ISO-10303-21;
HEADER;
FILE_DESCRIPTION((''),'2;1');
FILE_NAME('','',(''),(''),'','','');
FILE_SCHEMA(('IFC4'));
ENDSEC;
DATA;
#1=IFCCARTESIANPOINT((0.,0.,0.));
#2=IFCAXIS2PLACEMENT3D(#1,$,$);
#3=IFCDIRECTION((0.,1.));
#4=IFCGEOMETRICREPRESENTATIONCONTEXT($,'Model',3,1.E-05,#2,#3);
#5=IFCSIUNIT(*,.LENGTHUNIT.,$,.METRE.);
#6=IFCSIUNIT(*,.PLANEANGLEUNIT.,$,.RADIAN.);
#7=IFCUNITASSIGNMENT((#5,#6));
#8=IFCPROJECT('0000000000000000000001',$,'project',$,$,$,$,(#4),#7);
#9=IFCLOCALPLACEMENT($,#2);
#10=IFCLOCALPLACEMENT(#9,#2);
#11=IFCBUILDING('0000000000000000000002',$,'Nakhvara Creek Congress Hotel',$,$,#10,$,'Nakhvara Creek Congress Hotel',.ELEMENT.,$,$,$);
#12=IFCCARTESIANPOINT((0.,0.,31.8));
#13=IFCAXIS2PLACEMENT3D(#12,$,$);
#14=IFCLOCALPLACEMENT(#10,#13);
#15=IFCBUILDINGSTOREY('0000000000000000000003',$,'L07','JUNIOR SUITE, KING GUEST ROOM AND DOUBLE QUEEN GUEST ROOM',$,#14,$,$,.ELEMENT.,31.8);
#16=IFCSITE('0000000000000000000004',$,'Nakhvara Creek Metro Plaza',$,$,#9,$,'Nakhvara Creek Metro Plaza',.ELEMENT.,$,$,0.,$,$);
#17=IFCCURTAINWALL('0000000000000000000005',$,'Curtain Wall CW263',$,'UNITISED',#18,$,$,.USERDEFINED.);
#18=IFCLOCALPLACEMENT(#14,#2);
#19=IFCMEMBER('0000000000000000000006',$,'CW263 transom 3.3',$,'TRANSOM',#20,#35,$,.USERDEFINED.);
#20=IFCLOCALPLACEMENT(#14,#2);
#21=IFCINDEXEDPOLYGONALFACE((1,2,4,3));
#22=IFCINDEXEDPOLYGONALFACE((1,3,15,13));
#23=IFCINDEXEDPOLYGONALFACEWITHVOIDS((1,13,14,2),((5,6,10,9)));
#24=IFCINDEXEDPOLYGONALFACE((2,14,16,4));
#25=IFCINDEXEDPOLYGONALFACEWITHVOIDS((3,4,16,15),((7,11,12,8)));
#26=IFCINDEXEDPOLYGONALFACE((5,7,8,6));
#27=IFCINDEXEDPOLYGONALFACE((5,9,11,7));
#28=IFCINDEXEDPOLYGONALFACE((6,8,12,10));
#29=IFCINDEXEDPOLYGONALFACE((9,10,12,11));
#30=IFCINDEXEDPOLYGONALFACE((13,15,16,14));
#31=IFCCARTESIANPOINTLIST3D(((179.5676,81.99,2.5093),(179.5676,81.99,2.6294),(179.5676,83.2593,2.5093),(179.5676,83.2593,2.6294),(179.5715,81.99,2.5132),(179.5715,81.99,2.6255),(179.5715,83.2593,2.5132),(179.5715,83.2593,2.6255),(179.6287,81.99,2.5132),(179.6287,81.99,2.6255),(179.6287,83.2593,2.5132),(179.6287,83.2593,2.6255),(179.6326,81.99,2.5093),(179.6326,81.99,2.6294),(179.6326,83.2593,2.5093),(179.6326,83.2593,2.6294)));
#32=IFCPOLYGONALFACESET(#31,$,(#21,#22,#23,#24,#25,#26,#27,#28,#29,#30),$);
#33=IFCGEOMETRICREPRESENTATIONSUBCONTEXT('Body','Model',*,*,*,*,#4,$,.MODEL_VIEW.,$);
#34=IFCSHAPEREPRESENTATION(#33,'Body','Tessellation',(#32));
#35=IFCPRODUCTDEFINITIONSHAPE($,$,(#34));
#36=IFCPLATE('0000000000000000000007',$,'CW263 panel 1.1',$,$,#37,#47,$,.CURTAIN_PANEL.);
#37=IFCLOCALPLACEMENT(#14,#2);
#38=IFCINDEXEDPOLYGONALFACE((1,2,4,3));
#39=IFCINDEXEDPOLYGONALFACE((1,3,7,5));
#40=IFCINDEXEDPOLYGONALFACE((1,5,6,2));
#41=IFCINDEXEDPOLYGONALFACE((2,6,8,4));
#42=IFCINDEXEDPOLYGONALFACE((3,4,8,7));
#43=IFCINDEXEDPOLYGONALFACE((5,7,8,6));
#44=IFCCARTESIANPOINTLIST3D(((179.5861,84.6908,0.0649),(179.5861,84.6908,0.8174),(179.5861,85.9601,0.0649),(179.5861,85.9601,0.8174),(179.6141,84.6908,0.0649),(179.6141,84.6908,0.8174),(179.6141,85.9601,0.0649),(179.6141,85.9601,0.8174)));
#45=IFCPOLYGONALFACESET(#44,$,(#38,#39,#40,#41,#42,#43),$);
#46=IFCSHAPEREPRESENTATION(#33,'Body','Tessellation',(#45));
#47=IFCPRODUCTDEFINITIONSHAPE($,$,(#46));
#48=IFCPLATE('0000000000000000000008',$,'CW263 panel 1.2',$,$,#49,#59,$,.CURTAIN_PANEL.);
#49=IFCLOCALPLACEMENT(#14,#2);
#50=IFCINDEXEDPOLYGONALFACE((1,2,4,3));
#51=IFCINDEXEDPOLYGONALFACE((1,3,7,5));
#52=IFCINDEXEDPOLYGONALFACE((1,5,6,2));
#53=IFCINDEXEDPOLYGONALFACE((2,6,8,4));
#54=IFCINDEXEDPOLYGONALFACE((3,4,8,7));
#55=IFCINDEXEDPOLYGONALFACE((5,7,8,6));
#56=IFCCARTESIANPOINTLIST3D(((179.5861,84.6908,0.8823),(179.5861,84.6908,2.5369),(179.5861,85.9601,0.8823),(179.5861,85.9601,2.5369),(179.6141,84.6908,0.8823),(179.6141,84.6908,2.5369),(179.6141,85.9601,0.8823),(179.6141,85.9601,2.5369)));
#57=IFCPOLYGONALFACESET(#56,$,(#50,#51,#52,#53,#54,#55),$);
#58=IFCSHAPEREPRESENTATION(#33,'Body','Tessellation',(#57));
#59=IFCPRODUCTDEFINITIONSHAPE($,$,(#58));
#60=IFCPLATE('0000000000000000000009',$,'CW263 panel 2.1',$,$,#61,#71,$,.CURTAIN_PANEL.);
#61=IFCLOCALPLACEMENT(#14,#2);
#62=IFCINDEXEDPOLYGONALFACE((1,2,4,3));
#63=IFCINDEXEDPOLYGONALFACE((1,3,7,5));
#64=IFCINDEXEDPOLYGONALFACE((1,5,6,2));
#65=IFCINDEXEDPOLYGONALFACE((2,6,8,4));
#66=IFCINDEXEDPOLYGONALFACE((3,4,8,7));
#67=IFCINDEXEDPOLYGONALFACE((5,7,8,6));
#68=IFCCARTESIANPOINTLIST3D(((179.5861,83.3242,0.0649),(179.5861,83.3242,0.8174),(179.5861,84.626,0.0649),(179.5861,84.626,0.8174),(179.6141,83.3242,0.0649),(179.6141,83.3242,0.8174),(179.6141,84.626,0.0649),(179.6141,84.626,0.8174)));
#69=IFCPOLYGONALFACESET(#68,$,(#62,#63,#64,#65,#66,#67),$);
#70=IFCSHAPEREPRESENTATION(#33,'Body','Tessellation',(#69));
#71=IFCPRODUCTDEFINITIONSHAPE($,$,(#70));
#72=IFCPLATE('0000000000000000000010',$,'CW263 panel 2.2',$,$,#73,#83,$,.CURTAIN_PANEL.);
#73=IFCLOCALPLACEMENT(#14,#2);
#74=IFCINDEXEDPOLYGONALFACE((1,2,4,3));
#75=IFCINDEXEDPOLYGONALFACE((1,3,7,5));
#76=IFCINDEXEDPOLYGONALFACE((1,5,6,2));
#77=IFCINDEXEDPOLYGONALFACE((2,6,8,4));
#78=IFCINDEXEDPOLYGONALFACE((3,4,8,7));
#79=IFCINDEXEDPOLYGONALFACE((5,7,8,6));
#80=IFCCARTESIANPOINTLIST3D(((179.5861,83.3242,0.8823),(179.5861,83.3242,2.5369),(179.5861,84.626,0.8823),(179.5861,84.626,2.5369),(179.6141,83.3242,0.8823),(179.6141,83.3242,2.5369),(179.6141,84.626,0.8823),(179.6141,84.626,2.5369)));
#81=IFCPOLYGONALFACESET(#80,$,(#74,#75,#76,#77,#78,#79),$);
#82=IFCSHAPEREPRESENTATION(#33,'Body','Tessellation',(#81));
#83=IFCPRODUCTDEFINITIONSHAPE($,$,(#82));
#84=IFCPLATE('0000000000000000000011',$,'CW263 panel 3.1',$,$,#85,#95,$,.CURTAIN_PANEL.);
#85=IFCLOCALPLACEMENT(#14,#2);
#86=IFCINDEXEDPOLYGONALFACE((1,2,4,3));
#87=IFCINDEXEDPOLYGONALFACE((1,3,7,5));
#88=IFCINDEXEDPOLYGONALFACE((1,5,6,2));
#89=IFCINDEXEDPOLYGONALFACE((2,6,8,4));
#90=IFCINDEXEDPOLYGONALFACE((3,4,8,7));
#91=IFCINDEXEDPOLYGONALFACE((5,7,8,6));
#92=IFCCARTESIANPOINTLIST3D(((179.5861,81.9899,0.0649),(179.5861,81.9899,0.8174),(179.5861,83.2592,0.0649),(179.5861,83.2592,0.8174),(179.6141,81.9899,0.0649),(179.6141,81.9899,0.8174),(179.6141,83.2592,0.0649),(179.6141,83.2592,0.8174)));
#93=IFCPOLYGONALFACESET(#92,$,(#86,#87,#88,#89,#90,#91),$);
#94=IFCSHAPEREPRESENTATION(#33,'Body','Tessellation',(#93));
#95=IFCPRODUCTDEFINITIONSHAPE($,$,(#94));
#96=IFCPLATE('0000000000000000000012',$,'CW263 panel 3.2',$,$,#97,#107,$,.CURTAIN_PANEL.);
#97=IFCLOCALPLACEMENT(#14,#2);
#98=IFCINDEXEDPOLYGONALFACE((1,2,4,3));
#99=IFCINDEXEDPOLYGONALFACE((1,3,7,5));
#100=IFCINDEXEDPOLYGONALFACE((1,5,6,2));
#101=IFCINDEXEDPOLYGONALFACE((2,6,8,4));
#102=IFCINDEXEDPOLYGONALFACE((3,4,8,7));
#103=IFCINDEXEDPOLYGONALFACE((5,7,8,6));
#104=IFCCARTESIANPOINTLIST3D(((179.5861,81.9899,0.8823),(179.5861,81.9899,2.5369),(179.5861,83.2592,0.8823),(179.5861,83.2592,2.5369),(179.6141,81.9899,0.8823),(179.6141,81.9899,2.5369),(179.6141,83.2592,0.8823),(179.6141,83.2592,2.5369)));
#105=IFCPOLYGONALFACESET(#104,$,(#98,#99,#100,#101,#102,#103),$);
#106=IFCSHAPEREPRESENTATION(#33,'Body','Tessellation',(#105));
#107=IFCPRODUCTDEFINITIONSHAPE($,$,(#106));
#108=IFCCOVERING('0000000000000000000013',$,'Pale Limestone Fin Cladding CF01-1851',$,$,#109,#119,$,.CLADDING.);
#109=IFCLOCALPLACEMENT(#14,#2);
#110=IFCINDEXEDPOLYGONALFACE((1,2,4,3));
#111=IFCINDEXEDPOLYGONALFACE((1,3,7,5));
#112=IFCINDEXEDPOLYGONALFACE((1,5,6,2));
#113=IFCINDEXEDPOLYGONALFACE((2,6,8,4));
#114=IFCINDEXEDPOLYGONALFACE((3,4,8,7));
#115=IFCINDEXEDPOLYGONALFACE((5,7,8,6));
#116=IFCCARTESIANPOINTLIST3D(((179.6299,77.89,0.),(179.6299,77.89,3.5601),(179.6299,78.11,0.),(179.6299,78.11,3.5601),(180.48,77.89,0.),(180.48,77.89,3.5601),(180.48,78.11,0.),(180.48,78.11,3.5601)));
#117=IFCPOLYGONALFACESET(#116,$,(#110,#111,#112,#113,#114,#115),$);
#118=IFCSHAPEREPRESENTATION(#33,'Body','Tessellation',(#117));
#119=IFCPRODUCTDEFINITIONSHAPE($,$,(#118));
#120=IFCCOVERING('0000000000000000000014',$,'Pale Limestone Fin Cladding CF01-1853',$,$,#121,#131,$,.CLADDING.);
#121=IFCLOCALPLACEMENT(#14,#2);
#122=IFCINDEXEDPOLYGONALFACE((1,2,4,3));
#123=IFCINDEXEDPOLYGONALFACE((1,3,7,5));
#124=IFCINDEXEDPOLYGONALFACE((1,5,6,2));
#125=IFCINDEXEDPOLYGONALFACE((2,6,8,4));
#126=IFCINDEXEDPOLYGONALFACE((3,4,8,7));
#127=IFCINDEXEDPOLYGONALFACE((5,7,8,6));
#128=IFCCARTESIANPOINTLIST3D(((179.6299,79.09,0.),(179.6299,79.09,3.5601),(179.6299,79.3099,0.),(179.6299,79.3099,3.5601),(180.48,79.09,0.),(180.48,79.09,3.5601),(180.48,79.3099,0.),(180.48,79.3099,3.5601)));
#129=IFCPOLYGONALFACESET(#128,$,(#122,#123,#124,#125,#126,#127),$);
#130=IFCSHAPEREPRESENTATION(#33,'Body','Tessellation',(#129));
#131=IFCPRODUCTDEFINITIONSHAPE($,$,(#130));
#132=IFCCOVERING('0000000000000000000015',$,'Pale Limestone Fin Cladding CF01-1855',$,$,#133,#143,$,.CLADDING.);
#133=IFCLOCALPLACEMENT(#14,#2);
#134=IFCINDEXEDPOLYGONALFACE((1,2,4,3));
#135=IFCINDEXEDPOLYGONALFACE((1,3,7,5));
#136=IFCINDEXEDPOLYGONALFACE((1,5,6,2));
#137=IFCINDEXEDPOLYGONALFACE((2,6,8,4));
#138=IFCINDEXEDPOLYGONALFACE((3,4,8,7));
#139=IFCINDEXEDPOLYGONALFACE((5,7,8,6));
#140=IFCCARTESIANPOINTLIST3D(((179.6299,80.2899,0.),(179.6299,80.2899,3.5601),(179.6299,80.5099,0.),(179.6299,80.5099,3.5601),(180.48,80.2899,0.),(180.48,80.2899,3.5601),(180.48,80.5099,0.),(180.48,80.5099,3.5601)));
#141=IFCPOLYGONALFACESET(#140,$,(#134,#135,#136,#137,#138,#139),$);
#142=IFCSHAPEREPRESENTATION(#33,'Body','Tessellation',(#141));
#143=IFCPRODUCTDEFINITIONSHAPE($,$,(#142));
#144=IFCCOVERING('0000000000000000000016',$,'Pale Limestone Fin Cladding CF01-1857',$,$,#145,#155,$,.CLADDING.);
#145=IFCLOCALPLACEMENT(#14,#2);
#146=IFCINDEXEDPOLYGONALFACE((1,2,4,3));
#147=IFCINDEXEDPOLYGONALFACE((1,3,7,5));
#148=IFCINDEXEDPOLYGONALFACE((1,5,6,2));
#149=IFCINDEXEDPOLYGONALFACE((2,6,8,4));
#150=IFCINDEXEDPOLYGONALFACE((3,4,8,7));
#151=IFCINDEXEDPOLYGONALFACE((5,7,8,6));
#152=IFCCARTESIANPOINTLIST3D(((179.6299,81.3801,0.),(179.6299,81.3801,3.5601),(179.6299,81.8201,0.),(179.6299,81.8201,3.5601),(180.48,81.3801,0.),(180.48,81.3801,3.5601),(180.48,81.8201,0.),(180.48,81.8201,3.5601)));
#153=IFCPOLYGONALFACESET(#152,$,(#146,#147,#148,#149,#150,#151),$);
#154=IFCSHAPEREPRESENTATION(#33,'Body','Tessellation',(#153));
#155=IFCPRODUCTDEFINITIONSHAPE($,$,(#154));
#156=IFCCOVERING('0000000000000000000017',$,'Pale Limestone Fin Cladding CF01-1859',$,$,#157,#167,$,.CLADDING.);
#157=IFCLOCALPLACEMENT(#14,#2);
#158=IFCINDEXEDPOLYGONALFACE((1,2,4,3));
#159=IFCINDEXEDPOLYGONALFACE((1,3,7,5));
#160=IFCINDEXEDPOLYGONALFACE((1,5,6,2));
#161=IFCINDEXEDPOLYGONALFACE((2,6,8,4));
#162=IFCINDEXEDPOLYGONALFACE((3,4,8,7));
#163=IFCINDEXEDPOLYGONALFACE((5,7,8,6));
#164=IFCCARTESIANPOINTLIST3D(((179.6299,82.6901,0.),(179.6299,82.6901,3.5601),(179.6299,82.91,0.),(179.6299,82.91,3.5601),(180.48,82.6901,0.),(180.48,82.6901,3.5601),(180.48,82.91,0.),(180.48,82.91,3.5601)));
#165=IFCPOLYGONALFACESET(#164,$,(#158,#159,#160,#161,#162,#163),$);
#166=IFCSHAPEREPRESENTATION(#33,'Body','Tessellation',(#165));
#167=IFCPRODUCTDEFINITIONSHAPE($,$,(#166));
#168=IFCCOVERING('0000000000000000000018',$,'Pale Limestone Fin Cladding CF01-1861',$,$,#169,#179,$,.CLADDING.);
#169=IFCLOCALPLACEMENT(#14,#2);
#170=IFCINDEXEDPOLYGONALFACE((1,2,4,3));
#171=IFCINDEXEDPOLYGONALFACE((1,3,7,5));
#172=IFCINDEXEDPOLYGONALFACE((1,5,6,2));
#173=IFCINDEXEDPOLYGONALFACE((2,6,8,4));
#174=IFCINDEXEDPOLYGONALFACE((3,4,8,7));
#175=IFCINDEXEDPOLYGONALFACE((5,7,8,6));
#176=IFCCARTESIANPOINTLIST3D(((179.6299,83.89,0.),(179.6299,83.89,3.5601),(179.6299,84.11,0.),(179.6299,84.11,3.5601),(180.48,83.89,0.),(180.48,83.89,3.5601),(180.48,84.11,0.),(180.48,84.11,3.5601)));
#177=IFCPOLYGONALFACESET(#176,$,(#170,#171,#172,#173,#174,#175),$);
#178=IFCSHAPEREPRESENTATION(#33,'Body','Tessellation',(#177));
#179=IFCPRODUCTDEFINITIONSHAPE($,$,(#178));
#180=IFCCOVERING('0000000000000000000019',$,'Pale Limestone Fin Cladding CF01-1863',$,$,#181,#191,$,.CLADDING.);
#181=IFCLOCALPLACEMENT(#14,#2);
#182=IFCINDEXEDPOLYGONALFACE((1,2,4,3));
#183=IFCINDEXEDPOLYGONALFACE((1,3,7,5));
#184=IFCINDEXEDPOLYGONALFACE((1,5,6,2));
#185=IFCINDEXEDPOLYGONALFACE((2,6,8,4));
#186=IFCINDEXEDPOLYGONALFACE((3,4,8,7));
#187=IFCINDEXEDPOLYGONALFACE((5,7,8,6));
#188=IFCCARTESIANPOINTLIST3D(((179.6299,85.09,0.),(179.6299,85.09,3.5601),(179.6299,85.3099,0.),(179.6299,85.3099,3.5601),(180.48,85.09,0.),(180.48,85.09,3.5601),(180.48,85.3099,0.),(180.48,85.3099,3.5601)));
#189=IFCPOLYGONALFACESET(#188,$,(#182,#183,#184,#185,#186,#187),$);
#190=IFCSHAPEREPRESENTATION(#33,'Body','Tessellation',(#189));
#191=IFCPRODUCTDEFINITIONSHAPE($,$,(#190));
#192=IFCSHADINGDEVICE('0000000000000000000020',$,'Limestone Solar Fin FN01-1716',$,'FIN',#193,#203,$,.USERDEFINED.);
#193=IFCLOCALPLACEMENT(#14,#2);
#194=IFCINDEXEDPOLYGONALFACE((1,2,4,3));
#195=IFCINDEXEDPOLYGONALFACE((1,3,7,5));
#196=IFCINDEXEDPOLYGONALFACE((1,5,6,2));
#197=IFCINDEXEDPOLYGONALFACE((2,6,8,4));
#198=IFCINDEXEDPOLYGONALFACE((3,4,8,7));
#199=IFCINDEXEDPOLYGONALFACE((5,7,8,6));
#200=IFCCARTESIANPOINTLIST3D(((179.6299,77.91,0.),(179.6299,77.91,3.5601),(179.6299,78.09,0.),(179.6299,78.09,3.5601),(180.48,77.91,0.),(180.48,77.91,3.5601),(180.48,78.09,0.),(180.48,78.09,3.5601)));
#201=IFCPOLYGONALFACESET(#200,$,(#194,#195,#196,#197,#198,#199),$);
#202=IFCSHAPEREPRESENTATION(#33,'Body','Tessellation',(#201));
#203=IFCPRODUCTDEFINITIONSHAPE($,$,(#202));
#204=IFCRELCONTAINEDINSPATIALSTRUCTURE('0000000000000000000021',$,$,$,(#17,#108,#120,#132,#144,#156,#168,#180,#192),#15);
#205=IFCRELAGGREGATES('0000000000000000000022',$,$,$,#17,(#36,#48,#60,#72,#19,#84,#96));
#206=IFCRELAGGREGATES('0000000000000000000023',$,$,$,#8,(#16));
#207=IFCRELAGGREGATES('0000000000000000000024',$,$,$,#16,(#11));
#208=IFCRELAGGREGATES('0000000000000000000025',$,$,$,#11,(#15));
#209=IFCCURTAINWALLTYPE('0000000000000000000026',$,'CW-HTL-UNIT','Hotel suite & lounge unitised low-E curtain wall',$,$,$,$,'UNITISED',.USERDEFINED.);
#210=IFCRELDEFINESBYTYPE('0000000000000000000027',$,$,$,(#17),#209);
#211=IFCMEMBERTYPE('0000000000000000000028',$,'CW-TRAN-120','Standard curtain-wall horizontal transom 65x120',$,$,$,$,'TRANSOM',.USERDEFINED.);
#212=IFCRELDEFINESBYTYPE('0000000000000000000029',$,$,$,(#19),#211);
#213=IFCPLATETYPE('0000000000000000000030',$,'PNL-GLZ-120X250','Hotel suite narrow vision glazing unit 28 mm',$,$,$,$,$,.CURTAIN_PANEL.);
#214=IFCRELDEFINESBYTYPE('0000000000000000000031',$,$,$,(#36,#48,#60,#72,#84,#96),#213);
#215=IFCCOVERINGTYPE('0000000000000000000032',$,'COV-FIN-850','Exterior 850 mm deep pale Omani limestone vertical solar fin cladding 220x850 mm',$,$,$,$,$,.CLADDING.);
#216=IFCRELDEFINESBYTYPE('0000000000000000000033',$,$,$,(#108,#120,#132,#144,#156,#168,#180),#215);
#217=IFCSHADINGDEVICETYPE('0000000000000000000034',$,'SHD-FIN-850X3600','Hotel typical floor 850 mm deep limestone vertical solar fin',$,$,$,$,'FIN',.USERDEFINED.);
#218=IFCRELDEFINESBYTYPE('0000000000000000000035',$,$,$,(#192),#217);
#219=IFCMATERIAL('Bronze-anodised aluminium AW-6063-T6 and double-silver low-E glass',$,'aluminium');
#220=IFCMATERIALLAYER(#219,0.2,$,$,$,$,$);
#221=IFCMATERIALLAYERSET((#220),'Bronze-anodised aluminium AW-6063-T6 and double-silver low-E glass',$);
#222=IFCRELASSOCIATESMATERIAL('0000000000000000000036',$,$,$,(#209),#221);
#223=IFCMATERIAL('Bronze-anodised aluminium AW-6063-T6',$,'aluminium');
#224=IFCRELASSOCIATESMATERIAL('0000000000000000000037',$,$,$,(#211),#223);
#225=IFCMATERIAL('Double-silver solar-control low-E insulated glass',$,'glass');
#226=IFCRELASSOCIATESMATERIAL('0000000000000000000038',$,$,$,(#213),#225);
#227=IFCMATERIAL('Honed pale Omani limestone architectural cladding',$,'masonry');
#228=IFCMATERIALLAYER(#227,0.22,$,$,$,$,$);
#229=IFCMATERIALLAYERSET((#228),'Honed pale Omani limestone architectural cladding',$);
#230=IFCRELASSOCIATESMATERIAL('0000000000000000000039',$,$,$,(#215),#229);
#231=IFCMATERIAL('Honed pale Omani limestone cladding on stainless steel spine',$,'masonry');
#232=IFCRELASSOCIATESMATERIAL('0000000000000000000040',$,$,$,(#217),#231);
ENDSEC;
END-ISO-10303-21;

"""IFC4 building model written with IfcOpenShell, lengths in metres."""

from ifc_helpers import new_model, si_unit, direction, frame, origin, origin_2d, place, context, subcontext, project, spatial, rectangle, hollow_rectangle, extrude, material, layer, layer_set, material_profile, profile_set, type_object, element, aggregate, save


model = new_model("IFC4")

# Units and contexts
model_context = context("Model", 3, precision=1e-05, world=origin(), true_north=direction((0.0, 1.0)))
body_context = subcontext(model_context, "Body", "Model", "MODEL_VIEW")
ifc_project = project(units=[si_unit("LENGTHUNIT", "METRE"), si_unit("PLANEANGLEUNIT", "RADIAN")], contexts=[model_context])

# Site, building, storey
site_placement = place(None, origin())
site = spatial("IfcSite", under=ifc_project, at=site_placement, Name="Nakhvara Creek Metro Plaza", LongName="Nakhvara Creek Metro Plaza", CompositionType="ELEMENT", RefElevation=0.0)
building_placement = place(site_placement, origin())
building = spatial("IfcBuilding", under=site, at=building_placement, Name="Nakhvara Creek Congress Hotel", LongName="Nakhvara Creek Congress Hotel", CompositionType="ELEMENT")
storey_placement = place(building_placement, frame((0.0, 0.0, 31.8)))
storey = spatial("IfcBuildingStorey", under=building, at=storey_placement, Name="L07", Description="JUNIOR SUITE, KING GUEST ROOM AND DOUBLE QUEEN GUEST ROOM", CompositionType="ELEMENT", Elevation=31.8)

# Curtain wall, member, plates
ifc_material_1 = material(Name="Bronze-anodised aluminium AW-6063-T6 and double-silver low-E glass", Category="aluminium")
ifc_layer_1 = layer(ifc_material_1, 0.2)
ifc_layer_set_1 = layer_set([ifc_layer_1], Name="Bronze-anodised aluminium AW-6063-T6 and double-silver low-E glass")
curtain_wall_type = type_object("IfcCurtainWallType", Name="CW-HTL-UNIT", Description="Hotel suite & lounge unitised low-E curtain wall", ElementType="UNITISED", PredefinedType="USERDEFINED", material=ifc_layer_set_1)
curtain_wall_placement = place(storey_placement, origin())
curtain_wall = element("IfcCurtainWall", 1, at=curtain_wall_placement, inside=storey, type_object=curtain_wall_type, Name="Curtain Wall CW263", ObjectType="UNITISED", PredefinedType="USERDEFINED")
ifc_material_2 = material(Name="Bronze-anodised aluminium AW-6063-T6", Category="aluminium")
ifc_material_profile_1 = material_profile(ifc_material_2, hollow_rectangle(XDim=0.0649, YDim=0.1201, WallThickness=0.0039, at=origin_2d()), Name="ALU-TRAN 65x120x4", Category="LoadBearing")
ifc_profile_set_1 = profile_set([ifc_material_profile_1], Name="Bronze-anodised aluminium AW-6063-T6")
member_type_1 = type_object("IfcMemberType", Name="CW-TRAN-120", Description="Standard curtain-wall horizontal transom 65x120", ElementType="TRANSOM", PredefinedType="USERDEFINED", material=ifc_profile_set_1)
member_1_placement = place(storey_placement, frame((179.6001, 83.2593, 2.5693), z_axis=(0.0, -1.0, 0.0), x_axis=(1.0, 0.0, 0.0)))
member_1 = element("IfcMember", 2, at=member_1_placement, type_object=member_type_1, Name="CW263 transom 3.3", ObjectType="TRANSOM", PredefinedType="USERDEFINED", context=body_context, shape_type="SweptSolid", body=[
    extrude(hollow_rectangle(XDim=0.0649, YDim=0.1201, WallThickness=0.0039, at=origin_2d()), origin(), (0.0, 0.0, 1.0), 1.2693),
])
ifc_material_3 = material(Name="Double-silver solar-control low-E insulated glass", Category="glass")
plate_type = type_object("IfcPlateType", Name="PNL-GLZ-120X250", Description="Hotel suite narrow vision glazing unit 28 mm", PredefinedType="CURTAIN_PANEL", material=ifc_material_3)
plate_1_placement = place(storey_placement, frame((179.6001, 85.3254, 0.0649), z_axis=(0.0, 0.0, 1.0), x_axis=(0.0, -1.0, 0.0)))
plate_1 = element("IfcPlate", 3, at=plate_1_placement, type_object=plate_type, Name="CW263 panel 1.1", PredefinedType="CURTAIN_PANEL", context=body_context, shape_type="SweptSolid", body=[
    extrude(rectangle(XDim=1.2693, YDim=0.0281, at=origin_2d()), origin(), (0.0, 0.0, 1.0), 0.7524),
])
plate_2_placement = place(storey_placement, frame((179.6001, 85.3254, 0.8823), z_axis=(0.0, 0.0, 1.0), x_axis=(0.0, -1.0, 0.0)))
plate_2 = element("IfcPlate", 4, at=plate_2_placement, type_object=plate_type, Name="CW263 panel 1.2", PredefinedType="CURTAIN_PANEL", context=body_context, shape_type="SweptSolid", body=[
    extrude(rectangle(XDim=1.2693, YDim=0.0281, at=origin_2d()), origin(), (0.0, 0.0, 1.0), 1.6545),
])
plate_3_placement = place(storey_placement, frame((179.6001, 83.9751, 0.0649), z_axis=(0.0, 0.0, 1.0), x_axis=(0.0, -1.0, 0.0)))
plate_3 = element("IfcPlate", 5, at=plate_3_placement, type_object=plate_type, Name="CW263 panel 2.1", PredefinedType="CURTAIN_PANEL", context=body_context, shape_type="SweptSolid", body=[
    extrude(rectangle(XDim=1.3018, YDim=0.0281, at=origin_2d()), origin(), (0.0, 0.0, 1.0), 0.7524),
])
plate_4_placement = place(storey_placement, frame((179.6001, 83.9751, 0.8823), z_axis=(0.0, 0.0, 1.0), x_axis=(0.0, -1.0, 0.0)))
plate_4 = element("IfcPlate", 6, at=plate_4_placement, type_object=plate_type, Name="CW263 panel 2.2", PredefinedType="CURTAIN_PANEL", context=body_context, shape_type="SweptSolid", body=[
    extrude(rectangle(XDim=1.3018, YDim=0.0281, at=origin_2d()), origin(), (0.0, 0.0, 1.0), 1.6545),
])
plate_5_placement = place(storey_placement, frame((179.6001, 82.6245, 0.0649), z_axis=(0.0, 0.0, 1.0), x_axis=(0.0, -1.0, 0.0)))
plate_5 = element("IfcPlate", 7, at=plate_5_placement, type_object=plate_type, Name="CW263 panel 3.1", PredefinedType="CURTAIN_PANEL", context=body_context, shape_type="SweptSolid", body=[
    extrude(rectangle(XDim=1.2693, YDim=0.0281, at=origin_2d()), origin(), (0.0, 0.0, 1.0), 0.7524),
])
plate_6_placement = place(storey_placement, frame((179.6001, 82.6245, 0.8823), z_axis=(0.0, 0.0, 1.0), x_axis=(0.0, -1.0, 0.0)))
plate_6 = element("IfcPlate", 8, at=plate_6_placement, type_object=plate_type, Name="CW263 panel 3.2", PredefinedType="CURTAIN_PANEL", context=body_context, shape_type="SweptSolid", body=[
    extrude(rectangle(XDim=1.2693, YDim=0.0281, at=origin_2d()), origin(), (0.0, 0.0, 1.0), 1.6545),
])
aggregate(curtain_wall, [plate_1, plate_2, plate_3, plate_4, member_1, plate_5, plate_6])

# Coverings
ifc_material_4 = material(Name="Honed pale Omani limestone architectural cladding", Category="masonry")
ifc_layer_2 = layer(ifc_material_4, 0.22)
ifc_layer_set_2 = layer_set([ifc_layer_2], Name="Honed pale Omani limestone architectural cladding")
covering_type = type_object("IfcCoveringType", Name="COV-FIN-850", Description="Exterior 850 mm deep pale Omani limestone vertical solar fin cladding 220x850 mm", PredefinedType="CLADDING", material=ifc_layer_set_2)
for number, where, z_axis, x_axis, name in (
    (9, (180.0549, 78.0, 0.0), (0.0, 0.0, 1.0), (0.0, 1.0, 0.0), "Pale Limestone Fin Cladding CF01-1851"),
    (10, (180.0549, 79.2, 0.0), (0.0, 0.0, 1.0), (0.0, 1.0, 0.0), "Pale Limestone Fin Cladding CF01-1853"),
    (11, (180.0549, 80.3999, 0.0), (0.0, 0.0, 1.0), (0.0, 1.0, 0.0), "Pale Limestone Fin Cladding CF01-1855"),
):
    element("IfcCovering", number, at=place(storey_placement, frame(where, z_axis=z_axis, x_axis=x_axis)), inside=storey, type_object=covering_type, Name=name, PredefinedType="CLADDING", context=body_context, shape_type="SweptSolid", body=[
        extrude(rectangle(XDim=0.22, YDim=0.8501, at=origin_2d()), origin(), (0.0, 0.0, 1.0), 3.5601),
    ])
covering_placement = place(storey_placement, frame((180.0549, 81.6001, 0.0), z_axis=(0.0, 0.0, 1.0), x_axis=(0.0, 1.0, 0.0)))
element("IfcCovering", 12, at=covering_placement, inside=storey, type_object=covering_type, Name="Pale Limestone Fin Cladding CF01-1857", PredefinedType="CLADDING", context=body_context, shape_type="SweptSolid", body=[
    extrude(rectangle(XDim=0.4399, YDim=0.8501, at=origin_2d()), origin(), (0.0, 0.0, 1.0), 3.5601),
])
for number, where, z_axis, x_axis, name in (
    (13, (180.0549, 82.8, 0.0), (0.0, 0.0, 1.0), (0.0, 1.0, 0.0), "Pale Limestone Fin Cladding CF01-1859"),
    (14, (180.0549, 84.0, 0.0), (0.0, 0.0, 1.0), (0.0, 1.0, 0.0), "Pale Limestone Fin Cladding CF01-1861"),
    (15, (180.0549, 85.2, 0.0), (0.0, 0.0, 1.0), (0.0, 1.0, 0.0), "Pale Limestone Fin Cladding CF01-1863"),
):
    element("IfcCovering", number, at=place(storey_placement, frame(where, z_axis=z_axis, x_axis=x_axis)), inside=storey, type_object=covering_type, Name=name, PredefinedType="CLADDING", context=body_context, shape_type="SweptSolid", body=[
        extrude(rectangle(XDim=0.22, YDim=0.8501, at=origin_2d()), origin(), (0.0, 0.0, 1.0), 3.5601),
    ])

# Shading device
ifc_material_5 = material(Name="Honed pale Omani limestone cladding on stainless steel spine", Category="masonry")
shading_device_type = type_object("IfcShadingDeviceType", Name="SHD-FIN-850X3600", Description="Hotel typical floor 850 mm deep limestone vertical solar fin", ElementType="FIN", PredefinedType="USERDEFINED", material=ifc_material_5)
for number, where, z_axis, x_axis, name in (
    (16, (180.0549, 78.0, 0.0), (0.0, 0.0, 1.0), (0.0, 1.0, 0.0), "Limestone Solar Fin FN01-1716"),
):
    element("IfcShadingDevice", number, at=place(storey_placement, frame(where, z_axis=z_axis, x_axis=x_axis)), inside=storey, type_object=shading_device_type, Name=name, ObjectType="FIN", PredefinedType="USERDEFINED", context=body_context, shape_type="SweptSolid", body=[
        extrude(rectangle(XDim=0.1799, YDim=0.8501, at=origin_2d()), origin(), (0.0, 0.0, 1.0), 3.5601),
    ])

save(model, "model.ifc")
